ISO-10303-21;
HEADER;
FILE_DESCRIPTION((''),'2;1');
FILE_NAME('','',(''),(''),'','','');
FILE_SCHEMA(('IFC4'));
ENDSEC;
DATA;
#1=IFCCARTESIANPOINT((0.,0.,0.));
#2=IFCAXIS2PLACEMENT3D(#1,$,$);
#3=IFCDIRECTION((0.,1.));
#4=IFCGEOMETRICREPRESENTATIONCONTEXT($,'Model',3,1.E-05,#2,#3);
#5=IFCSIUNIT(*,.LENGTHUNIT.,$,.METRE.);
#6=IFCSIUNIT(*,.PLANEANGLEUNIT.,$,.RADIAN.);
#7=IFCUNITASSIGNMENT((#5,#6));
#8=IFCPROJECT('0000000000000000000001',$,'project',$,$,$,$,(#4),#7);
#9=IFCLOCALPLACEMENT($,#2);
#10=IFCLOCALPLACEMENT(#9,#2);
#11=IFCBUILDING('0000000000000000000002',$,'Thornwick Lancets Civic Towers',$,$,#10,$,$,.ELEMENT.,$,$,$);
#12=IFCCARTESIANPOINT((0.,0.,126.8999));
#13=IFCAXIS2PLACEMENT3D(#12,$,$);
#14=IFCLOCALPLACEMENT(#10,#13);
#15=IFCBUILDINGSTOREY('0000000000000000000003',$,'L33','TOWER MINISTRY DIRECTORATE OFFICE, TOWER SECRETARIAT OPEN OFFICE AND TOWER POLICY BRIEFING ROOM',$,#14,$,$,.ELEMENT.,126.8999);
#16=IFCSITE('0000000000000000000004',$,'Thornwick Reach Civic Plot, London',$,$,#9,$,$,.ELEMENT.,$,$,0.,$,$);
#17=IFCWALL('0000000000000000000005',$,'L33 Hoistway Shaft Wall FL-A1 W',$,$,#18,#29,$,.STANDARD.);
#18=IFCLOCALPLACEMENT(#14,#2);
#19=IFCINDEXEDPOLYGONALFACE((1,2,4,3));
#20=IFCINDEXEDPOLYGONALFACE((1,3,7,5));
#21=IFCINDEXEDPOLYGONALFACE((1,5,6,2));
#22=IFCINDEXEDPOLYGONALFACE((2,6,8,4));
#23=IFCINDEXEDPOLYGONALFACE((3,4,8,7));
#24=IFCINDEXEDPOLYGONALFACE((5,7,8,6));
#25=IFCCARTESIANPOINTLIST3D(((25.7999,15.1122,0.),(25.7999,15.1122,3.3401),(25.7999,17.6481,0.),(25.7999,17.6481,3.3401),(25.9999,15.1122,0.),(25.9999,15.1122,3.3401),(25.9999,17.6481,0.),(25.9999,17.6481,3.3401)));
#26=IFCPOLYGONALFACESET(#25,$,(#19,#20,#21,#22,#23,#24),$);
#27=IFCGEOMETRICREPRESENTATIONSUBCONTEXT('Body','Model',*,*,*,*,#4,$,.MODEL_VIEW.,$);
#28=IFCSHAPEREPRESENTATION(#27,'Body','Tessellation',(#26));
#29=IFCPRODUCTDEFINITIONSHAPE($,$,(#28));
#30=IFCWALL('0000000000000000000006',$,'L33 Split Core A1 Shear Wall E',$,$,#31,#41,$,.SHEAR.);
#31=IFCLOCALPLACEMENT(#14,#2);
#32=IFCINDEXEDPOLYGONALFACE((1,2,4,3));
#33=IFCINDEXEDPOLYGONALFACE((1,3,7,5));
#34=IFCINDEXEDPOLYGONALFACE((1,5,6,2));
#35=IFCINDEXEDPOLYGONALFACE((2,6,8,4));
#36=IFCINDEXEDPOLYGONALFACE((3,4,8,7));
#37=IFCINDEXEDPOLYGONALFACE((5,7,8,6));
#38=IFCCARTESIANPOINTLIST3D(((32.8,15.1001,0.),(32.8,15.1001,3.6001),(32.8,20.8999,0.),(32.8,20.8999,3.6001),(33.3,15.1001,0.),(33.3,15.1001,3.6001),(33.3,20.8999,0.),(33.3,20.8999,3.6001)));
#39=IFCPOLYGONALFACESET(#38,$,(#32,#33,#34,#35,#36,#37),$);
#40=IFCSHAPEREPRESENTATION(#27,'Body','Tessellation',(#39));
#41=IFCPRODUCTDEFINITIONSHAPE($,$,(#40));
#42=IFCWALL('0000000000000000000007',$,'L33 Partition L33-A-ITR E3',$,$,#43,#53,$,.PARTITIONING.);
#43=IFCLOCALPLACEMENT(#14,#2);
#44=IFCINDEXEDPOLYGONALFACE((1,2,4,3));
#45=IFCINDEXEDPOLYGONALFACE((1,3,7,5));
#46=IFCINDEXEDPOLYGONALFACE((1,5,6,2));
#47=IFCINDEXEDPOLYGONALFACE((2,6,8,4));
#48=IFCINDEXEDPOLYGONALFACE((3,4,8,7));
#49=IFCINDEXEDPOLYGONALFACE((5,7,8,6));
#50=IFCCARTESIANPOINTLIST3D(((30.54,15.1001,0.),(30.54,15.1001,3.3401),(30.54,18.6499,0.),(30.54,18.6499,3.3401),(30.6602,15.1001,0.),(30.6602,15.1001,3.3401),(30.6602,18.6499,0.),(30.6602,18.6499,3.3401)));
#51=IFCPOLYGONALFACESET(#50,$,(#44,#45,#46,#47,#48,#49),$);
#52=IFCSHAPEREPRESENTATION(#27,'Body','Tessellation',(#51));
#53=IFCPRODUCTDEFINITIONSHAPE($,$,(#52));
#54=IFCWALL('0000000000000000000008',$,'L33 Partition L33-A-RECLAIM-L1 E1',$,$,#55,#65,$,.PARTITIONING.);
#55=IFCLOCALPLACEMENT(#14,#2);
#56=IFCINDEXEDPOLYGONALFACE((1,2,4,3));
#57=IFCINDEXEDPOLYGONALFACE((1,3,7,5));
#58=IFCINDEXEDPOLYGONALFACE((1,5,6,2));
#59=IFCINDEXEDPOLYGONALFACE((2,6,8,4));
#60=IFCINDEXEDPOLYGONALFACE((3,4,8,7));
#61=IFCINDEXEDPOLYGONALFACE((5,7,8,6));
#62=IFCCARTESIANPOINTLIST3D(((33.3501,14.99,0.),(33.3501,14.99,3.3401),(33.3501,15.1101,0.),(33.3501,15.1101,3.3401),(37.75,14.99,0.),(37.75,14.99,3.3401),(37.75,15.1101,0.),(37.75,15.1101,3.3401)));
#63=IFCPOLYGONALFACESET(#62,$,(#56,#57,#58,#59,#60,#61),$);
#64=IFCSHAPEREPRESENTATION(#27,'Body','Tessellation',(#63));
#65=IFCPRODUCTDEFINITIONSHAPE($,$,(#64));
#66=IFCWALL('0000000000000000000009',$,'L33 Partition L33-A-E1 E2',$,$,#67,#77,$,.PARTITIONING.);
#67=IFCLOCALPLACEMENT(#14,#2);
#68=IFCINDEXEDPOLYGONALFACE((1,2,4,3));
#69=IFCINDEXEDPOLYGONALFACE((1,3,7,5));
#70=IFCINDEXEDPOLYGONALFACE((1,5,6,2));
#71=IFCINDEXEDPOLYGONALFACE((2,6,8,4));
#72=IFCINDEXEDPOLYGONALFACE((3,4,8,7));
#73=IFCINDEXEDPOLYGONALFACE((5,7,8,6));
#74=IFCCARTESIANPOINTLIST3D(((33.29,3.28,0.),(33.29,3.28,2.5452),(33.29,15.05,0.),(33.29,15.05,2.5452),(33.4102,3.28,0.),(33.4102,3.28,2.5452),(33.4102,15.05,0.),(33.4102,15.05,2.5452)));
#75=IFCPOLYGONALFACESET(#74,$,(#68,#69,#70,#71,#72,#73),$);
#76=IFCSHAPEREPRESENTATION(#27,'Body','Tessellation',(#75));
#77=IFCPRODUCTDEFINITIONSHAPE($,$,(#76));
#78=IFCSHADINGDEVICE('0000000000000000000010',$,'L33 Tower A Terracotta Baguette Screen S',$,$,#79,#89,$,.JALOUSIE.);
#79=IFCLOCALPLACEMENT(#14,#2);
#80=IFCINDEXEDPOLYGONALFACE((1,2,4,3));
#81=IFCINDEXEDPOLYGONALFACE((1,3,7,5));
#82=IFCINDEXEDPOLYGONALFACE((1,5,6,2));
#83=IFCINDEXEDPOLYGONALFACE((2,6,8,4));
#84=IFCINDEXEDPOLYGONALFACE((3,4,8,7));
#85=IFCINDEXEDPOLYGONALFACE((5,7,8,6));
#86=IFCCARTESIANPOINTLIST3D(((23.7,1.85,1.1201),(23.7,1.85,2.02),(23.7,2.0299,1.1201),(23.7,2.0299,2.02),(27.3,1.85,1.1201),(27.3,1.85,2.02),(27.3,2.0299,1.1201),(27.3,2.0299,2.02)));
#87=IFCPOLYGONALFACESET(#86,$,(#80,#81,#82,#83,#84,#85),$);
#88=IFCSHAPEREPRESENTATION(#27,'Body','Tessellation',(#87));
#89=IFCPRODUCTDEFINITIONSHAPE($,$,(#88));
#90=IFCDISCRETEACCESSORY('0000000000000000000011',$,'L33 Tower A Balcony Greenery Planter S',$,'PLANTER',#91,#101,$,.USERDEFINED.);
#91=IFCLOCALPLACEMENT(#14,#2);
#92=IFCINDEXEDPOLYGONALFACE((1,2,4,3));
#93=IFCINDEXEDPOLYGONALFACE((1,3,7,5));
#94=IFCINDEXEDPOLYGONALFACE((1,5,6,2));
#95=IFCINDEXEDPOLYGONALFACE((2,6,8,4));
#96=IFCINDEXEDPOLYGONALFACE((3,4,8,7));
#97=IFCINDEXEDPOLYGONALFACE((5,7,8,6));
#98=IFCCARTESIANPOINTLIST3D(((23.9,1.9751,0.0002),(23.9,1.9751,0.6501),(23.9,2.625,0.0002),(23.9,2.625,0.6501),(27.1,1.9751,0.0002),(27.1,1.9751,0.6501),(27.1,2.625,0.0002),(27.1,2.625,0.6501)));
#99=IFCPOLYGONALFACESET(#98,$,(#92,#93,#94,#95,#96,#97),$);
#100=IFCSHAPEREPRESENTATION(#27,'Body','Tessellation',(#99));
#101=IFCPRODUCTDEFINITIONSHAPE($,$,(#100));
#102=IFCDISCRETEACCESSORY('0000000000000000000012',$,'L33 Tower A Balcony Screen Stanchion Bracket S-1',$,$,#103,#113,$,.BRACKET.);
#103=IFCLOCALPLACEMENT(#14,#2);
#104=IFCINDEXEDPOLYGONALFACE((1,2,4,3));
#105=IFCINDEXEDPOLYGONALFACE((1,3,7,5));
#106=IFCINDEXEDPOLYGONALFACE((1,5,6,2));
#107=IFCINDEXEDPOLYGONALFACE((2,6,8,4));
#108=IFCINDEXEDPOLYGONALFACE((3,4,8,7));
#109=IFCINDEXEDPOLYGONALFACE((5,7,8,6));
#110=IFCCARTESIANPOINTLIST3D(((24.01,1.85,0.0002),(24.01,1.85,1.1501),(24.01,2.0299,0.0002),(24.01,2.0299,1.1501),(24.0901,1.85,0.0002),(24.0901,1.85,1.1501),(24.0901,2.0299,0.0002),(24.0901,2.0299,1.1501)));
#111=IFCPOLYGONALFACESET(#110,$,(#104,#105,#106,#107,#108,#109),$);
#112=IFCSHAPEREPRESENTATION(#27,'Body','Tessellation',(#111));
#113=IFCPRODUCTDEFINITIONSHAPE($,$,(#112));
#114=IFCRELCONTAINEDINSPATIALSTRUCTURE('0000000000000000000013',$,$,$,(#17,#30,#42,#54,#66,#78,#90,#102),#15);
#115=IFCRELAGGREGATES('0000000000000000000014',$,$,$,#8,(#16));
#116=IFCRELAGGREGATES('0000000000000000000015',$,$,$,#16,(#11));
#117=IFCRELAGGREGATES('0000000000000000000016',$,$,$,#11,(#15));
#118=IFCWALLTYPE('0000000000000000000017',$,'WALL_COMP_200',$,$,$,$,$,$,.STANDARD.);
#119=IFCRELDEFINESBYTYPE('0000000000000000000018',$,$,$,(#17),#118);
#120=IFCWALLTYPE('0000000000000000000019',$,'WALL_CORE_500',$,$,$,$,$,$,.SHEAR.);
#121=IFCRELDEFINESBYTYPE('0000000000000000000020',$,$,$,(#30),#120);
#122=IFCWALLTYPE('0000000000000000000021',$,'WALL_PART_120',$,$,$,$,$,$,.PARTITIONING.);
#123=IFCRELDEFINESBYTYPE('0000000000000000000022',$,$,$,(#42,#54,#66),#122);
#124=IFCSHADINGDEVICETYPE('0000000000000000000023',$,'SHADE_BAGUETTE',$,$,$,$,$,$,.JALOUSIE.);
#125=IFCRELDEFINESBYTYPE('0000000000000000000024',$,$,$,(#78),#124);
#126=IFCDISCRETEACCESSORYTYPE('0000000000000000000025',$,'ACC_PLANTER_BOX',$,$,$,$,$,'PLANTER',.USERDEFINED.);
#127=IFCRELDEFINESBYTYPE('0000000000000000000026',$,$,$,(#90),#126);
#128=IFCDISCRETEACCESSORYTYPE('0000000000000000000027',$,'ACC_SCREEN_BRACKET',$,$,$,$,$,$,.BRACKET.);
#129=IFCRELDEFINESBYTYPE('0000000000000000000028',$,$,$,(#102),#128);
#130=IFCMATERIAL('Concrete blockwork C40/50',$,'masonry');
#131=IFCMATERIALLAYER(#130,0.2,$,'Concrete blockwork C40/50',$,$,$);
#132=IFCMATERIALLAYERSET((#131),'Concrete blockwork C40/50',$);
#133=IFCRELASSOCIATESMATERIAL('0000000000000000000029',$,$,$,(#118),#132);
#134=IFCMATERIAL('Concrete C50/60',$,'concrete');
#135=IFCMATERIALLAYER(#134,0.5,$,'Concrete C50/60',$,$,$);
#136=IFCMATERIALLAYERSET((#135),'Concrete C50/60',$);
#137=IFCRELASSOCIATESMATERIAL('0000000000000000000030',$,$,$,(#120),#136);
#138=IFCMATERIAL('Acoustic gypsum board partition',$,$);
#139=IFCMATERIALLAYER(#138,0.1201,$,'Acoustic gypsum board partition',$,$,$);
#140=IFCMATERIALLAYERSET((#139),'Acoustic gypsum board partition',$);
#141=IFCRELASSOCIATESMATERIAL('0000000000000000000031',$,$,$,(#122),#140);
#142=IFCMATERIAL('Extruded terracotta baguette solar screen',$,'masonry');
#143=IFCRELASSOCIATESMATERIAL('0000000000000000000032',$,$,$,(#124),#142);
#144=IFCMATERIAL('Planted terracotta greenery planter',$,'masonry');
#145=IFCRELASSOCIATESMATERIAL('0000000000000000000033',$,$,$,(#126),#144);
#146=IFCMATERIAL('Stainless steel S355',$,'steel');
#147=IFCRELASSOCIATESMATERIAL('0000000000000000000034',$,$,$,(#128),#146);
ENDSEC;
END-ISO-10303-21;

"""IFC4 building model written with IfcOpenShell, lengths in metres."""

from ifc_helpers import new_model, si_unit, direction, frame, frame_2d, origin, origin_2d, place, context, subcontext, project, spatial, rectangle, extrude, material, layer, layer_set, type_object, element, save


model = new_model("IFC4")

# Units and contexts
model_context = context("Model", 3, precision=1e-05, world=origin(), true_north=direction((0.0, 1.0)))
body_context = subcontext(model_context, "Body", "Model", "MODEL_VIEW")
ifc_project = project(units=[si_unit("LENGTHUNIT", "METRE"), si_unit("PLANEANGLEUNIT", "RADIAN")], contexts=[model_context])

# Site, building, storey
site_placement = place(None, origin())
site = spatial("IfcSite", under=ifc_project, at=site_placement, Name="Thornwick Reach Civic Plot, London", CompositionType="ELEMENT", RefElevation=0.0)
building_placement = place(site_placement, origin())
building = spatial("IfcBuilding", under=site, at=building_placement, Name="Thornwick Lancets Civic Towers", CompositionType="ELEMENT")
storey_placement = place(building_placement, frame((0.0, 0.0, 126.8999)))
storey = spatial("IfcBuildingStorey", under=building, at=storey_placement, Name="L33", Description="TOWER MINISTRY DIRECTORATE OFFICE, TOWER SECRETARIAT OPEN OFFICE AND TOWER POLICY BRIEFING ROOM", CompositionType="ELEMENT", Elevation=126.8999)

# Walls
ifc_material_1 = material(Name="Concrete blockwork C40/50", Category="masonry")
ifc_layer_1 = layer(ifc_material_1, 0.2, Name="Concrete blockwork C40/50")
ifc_layer_set_1 = layer_set([ifc_layer_1], Name="Concrete blockwork C40/50")
wall_type_1 = type_object("IfcWallType", Name="WALL_COMP_200", PredefinedType="STANDARD", material=ifc_layer_set_1)
wall_1_placement = place(storey_placement, frame((25.8999, 15.1121, 0.0), z_axis=(0.0, 0.0, 1.0), x_axis=(0.0, 1.0, 0.0)))
element("IfcWall", 1, at=wall_1_placement, inside=storey, type_object=wall_type_1, Name="L33 Hoistway Shaft Wall FL-A1 W", PredefinedType="STANDARD", context=body_context, shape_type="SweptSolid", body=[
    extrude(rectangle(XDim=2.5359, YDim=0.2, at=frame_2d((1.2681, 0.0))), origin(), (0.0, 0.0, 1.0), 3.3401),
])
ifc_material_2 = material(Name="Concrete C50/60", Category="concrete")
ifc_layer_2 = layer(ifc_material_2, 0.5, Name="Concrete C50/60")
ifc_layer_set_2 = layer_set([ifc_layer_2], Name="Concrete C50/60")
wall_type_2 = type_object("IfcWallType", Name="WALL_CORE_500", PredefinedType="SHEAR", material=ifc_layer_set_2)
wall_2_placement = place(storey_placement, frame((33.05, 15.1001, 0.0), z_axis=(0.0, 0.0, 1.0), x_axis=(0.0, 1.0, 0.0)))
element("IfcWall", 2, at=wall_2_placement, inside=storey, type_object=wall_type_2, Name="L33 Split Core A1 Shear Wall E", PredefinedType="SHEAR", context=body_context, shape_type="SweptSolid", body=[
    extrude(rectangle(XDim=5.7998, YDim=0.5, at=frame_2d((2.8999, 0.0))), origin(), (0.0, 0.0, 1.0), 3.6001),
])
ifc_material_3 = material(Name="Acoustic gypsum board partition")
ifc_layer_3 = layer(ifc_material_3, 0.1201, Name="Acoustic gypsum board partition")
ifc_layer_set_3 = layer_set([ifc_layer_3], Name="Acoustic gypsum board partition")
wall_type_3 = type_object("IfcWallType", Name="WALL_PART_120", PredefinedType="PARTITIONING", material=ifc_layer_set_3)
wall_3_placement = place(storey_placement, frame((30.6001, 15.1001, 0.0), z_axis=(0.0, 0.0, 1.0), x_axis=(0.0, 1.0, 0.0)))
element("IfcWall", 3, at=wall_3_placement, inside=storey, type_object=wall_type_3, Name="L33 Partition L33-A-ITR E3", PredefinedType="PARTITIONING", context=body_context, shape_type="SweptSolid", body=[
    extrude(rectangle(XDim=3.5498, YDim=0.1201, at=frame_2d((1.7749, 0.0))), origin(), (0.0, 0.0, 1.0), 3.3401),
])
wall_4_placement = place(storey_placement, frame((37.75, 15.05, 0.0), z_axis=(0.0, 0.0, 1.0), x_axis=(-1.0, 0.0, 0.0)))
element("IfcWall", 4, at=wall_4_placement, inside=storey, type_object=wall_type_3, Name="L33 Partition L33-A-RECLAIM-L1 E1", PredefinedType="PARTITIONING", context=body_context, shape_type="SweptSolid", body=[
    extrude(rectangle(XDim=4.3999, YDim=0.1201, at=frame_2d((2.2, 0.0))), origin(), (0.0, 0.0, 1.0), 3.3401),
])
wall_5_placement = place(storey_placement, frame((33.3501, 3.28, 0.0), z_axis=(0.0, 0.0, 1.0), x_axis=(0.0, 1.0, 0.0)))
element("IfcWall", 5, at=wall_5_placement, inside=storey, type_object=wall_type_3, Name="L33 Partition L33-A-E1 E2", PredefinedType="PARTITIONING", context=body_context, shape_type="SweptSolid", body=[
    extrude(rectangle(XDim=11.77, YDim=0.1201, at=frame_2d((5.885, 0.0))), origin(), (0.0, 0.0, 1.0), 2.5452),
])

# Shading device
ifc_material_4 = material(Name="Extruded terracotta baguette solar screen", Category="masonry")
shading_device_type = type_object("IfcShadingDeviceType", Name="SHADE_BAGUETTE", PredefinedType="JALOUSIE", material=ifc_material_4)
shading_device_placement = place(storey_placement, frame((25.5, 1.9399, 1.1201), z_axis=(0.0, 0.0, 1.0), x_axis=(1.0, 0.0, 0.0)))
element("IfcShadingDevice", 6, at=shading_device_placement, inside=storey, type_object=shading_device_type, Name="L33 Tower A Terracotta Baguette Screen S", PredefinedType="JALOUSIE", context=body_context, shape_type="SweptSolid", body=[
    extrude(rectangle(XDim=3.6001, YDim=0.1799, at=origin_2d()), origin(), (0.0, 0.0, 1.0), 0.8999),
])

# Discrete accessories
ifc_material_5 = material(Name="Planted terracotta greenery planter", Category="masonry")
discrete_accessory_type_1 = type_object("IfcDiscreteAccessoryType", Name="ACC_PLANTER_BOX", ElementType="PLANTER", PredefinedType="USERDEFINED", material=ifc_material_5)
discrete_accessory_1_placement = place(storey_placement, frame((25.5, 2.3, 0.0002), z_axis=(0.0, 0.0, 1.0), x_axis=(1.0, 0.0, 0.0)))
element("IfcDiscreteAccessory", 7, at=discrete_accessory_1_placement, inside=storey, type_object=discrete_accessory_type_1, Name="L33 Tower A Balcony Greenery Planter S", ObjectType="PLANTER", PredefinedType="USERDEFINED", context=body_context, shape_type="SweptSolid", body=[
    extrude(rectangle(XDim=3.2, YDim=0.6499, at=origin_2d()), origin(), (0.0, 0.0, 1.0), 0.6499),
])
ifc_material_6 = material(Name="Stainless steel S355", Category="steel")
discrete_accessory_type_2 = type_object("IfcDiscreteAccessoryType", Name="ACC_SCREEN_BRACKET", PredefinedType="BRACKET", material=ifc_material_6)
discrete_accessory_2_placement = place(storey_placement, frame((24.05, 1.9399, 0.0002), z_axis=(0.0, 0.0, 1.0), x_axis=(1.0, 0.0, 0.0)))
element("IfcDiscreteAccessory", 8, at=discrete_accessory_2_placement, inside=storey, type_object=discrete_accessory_type_2, Name="L33 Tower A Balcony Screen Stanchion Bracket S-1", PredefinedType="BRACKET", context=body_context, shape_type="SweptSolid", body=[
    extrude(rectangle(XDim=0.0801, YDim=0.1799, at=origin_2d()), origin(), (0.0, 0.0, 1.0), 1.1499),
])

save(model, "model.ifc")
